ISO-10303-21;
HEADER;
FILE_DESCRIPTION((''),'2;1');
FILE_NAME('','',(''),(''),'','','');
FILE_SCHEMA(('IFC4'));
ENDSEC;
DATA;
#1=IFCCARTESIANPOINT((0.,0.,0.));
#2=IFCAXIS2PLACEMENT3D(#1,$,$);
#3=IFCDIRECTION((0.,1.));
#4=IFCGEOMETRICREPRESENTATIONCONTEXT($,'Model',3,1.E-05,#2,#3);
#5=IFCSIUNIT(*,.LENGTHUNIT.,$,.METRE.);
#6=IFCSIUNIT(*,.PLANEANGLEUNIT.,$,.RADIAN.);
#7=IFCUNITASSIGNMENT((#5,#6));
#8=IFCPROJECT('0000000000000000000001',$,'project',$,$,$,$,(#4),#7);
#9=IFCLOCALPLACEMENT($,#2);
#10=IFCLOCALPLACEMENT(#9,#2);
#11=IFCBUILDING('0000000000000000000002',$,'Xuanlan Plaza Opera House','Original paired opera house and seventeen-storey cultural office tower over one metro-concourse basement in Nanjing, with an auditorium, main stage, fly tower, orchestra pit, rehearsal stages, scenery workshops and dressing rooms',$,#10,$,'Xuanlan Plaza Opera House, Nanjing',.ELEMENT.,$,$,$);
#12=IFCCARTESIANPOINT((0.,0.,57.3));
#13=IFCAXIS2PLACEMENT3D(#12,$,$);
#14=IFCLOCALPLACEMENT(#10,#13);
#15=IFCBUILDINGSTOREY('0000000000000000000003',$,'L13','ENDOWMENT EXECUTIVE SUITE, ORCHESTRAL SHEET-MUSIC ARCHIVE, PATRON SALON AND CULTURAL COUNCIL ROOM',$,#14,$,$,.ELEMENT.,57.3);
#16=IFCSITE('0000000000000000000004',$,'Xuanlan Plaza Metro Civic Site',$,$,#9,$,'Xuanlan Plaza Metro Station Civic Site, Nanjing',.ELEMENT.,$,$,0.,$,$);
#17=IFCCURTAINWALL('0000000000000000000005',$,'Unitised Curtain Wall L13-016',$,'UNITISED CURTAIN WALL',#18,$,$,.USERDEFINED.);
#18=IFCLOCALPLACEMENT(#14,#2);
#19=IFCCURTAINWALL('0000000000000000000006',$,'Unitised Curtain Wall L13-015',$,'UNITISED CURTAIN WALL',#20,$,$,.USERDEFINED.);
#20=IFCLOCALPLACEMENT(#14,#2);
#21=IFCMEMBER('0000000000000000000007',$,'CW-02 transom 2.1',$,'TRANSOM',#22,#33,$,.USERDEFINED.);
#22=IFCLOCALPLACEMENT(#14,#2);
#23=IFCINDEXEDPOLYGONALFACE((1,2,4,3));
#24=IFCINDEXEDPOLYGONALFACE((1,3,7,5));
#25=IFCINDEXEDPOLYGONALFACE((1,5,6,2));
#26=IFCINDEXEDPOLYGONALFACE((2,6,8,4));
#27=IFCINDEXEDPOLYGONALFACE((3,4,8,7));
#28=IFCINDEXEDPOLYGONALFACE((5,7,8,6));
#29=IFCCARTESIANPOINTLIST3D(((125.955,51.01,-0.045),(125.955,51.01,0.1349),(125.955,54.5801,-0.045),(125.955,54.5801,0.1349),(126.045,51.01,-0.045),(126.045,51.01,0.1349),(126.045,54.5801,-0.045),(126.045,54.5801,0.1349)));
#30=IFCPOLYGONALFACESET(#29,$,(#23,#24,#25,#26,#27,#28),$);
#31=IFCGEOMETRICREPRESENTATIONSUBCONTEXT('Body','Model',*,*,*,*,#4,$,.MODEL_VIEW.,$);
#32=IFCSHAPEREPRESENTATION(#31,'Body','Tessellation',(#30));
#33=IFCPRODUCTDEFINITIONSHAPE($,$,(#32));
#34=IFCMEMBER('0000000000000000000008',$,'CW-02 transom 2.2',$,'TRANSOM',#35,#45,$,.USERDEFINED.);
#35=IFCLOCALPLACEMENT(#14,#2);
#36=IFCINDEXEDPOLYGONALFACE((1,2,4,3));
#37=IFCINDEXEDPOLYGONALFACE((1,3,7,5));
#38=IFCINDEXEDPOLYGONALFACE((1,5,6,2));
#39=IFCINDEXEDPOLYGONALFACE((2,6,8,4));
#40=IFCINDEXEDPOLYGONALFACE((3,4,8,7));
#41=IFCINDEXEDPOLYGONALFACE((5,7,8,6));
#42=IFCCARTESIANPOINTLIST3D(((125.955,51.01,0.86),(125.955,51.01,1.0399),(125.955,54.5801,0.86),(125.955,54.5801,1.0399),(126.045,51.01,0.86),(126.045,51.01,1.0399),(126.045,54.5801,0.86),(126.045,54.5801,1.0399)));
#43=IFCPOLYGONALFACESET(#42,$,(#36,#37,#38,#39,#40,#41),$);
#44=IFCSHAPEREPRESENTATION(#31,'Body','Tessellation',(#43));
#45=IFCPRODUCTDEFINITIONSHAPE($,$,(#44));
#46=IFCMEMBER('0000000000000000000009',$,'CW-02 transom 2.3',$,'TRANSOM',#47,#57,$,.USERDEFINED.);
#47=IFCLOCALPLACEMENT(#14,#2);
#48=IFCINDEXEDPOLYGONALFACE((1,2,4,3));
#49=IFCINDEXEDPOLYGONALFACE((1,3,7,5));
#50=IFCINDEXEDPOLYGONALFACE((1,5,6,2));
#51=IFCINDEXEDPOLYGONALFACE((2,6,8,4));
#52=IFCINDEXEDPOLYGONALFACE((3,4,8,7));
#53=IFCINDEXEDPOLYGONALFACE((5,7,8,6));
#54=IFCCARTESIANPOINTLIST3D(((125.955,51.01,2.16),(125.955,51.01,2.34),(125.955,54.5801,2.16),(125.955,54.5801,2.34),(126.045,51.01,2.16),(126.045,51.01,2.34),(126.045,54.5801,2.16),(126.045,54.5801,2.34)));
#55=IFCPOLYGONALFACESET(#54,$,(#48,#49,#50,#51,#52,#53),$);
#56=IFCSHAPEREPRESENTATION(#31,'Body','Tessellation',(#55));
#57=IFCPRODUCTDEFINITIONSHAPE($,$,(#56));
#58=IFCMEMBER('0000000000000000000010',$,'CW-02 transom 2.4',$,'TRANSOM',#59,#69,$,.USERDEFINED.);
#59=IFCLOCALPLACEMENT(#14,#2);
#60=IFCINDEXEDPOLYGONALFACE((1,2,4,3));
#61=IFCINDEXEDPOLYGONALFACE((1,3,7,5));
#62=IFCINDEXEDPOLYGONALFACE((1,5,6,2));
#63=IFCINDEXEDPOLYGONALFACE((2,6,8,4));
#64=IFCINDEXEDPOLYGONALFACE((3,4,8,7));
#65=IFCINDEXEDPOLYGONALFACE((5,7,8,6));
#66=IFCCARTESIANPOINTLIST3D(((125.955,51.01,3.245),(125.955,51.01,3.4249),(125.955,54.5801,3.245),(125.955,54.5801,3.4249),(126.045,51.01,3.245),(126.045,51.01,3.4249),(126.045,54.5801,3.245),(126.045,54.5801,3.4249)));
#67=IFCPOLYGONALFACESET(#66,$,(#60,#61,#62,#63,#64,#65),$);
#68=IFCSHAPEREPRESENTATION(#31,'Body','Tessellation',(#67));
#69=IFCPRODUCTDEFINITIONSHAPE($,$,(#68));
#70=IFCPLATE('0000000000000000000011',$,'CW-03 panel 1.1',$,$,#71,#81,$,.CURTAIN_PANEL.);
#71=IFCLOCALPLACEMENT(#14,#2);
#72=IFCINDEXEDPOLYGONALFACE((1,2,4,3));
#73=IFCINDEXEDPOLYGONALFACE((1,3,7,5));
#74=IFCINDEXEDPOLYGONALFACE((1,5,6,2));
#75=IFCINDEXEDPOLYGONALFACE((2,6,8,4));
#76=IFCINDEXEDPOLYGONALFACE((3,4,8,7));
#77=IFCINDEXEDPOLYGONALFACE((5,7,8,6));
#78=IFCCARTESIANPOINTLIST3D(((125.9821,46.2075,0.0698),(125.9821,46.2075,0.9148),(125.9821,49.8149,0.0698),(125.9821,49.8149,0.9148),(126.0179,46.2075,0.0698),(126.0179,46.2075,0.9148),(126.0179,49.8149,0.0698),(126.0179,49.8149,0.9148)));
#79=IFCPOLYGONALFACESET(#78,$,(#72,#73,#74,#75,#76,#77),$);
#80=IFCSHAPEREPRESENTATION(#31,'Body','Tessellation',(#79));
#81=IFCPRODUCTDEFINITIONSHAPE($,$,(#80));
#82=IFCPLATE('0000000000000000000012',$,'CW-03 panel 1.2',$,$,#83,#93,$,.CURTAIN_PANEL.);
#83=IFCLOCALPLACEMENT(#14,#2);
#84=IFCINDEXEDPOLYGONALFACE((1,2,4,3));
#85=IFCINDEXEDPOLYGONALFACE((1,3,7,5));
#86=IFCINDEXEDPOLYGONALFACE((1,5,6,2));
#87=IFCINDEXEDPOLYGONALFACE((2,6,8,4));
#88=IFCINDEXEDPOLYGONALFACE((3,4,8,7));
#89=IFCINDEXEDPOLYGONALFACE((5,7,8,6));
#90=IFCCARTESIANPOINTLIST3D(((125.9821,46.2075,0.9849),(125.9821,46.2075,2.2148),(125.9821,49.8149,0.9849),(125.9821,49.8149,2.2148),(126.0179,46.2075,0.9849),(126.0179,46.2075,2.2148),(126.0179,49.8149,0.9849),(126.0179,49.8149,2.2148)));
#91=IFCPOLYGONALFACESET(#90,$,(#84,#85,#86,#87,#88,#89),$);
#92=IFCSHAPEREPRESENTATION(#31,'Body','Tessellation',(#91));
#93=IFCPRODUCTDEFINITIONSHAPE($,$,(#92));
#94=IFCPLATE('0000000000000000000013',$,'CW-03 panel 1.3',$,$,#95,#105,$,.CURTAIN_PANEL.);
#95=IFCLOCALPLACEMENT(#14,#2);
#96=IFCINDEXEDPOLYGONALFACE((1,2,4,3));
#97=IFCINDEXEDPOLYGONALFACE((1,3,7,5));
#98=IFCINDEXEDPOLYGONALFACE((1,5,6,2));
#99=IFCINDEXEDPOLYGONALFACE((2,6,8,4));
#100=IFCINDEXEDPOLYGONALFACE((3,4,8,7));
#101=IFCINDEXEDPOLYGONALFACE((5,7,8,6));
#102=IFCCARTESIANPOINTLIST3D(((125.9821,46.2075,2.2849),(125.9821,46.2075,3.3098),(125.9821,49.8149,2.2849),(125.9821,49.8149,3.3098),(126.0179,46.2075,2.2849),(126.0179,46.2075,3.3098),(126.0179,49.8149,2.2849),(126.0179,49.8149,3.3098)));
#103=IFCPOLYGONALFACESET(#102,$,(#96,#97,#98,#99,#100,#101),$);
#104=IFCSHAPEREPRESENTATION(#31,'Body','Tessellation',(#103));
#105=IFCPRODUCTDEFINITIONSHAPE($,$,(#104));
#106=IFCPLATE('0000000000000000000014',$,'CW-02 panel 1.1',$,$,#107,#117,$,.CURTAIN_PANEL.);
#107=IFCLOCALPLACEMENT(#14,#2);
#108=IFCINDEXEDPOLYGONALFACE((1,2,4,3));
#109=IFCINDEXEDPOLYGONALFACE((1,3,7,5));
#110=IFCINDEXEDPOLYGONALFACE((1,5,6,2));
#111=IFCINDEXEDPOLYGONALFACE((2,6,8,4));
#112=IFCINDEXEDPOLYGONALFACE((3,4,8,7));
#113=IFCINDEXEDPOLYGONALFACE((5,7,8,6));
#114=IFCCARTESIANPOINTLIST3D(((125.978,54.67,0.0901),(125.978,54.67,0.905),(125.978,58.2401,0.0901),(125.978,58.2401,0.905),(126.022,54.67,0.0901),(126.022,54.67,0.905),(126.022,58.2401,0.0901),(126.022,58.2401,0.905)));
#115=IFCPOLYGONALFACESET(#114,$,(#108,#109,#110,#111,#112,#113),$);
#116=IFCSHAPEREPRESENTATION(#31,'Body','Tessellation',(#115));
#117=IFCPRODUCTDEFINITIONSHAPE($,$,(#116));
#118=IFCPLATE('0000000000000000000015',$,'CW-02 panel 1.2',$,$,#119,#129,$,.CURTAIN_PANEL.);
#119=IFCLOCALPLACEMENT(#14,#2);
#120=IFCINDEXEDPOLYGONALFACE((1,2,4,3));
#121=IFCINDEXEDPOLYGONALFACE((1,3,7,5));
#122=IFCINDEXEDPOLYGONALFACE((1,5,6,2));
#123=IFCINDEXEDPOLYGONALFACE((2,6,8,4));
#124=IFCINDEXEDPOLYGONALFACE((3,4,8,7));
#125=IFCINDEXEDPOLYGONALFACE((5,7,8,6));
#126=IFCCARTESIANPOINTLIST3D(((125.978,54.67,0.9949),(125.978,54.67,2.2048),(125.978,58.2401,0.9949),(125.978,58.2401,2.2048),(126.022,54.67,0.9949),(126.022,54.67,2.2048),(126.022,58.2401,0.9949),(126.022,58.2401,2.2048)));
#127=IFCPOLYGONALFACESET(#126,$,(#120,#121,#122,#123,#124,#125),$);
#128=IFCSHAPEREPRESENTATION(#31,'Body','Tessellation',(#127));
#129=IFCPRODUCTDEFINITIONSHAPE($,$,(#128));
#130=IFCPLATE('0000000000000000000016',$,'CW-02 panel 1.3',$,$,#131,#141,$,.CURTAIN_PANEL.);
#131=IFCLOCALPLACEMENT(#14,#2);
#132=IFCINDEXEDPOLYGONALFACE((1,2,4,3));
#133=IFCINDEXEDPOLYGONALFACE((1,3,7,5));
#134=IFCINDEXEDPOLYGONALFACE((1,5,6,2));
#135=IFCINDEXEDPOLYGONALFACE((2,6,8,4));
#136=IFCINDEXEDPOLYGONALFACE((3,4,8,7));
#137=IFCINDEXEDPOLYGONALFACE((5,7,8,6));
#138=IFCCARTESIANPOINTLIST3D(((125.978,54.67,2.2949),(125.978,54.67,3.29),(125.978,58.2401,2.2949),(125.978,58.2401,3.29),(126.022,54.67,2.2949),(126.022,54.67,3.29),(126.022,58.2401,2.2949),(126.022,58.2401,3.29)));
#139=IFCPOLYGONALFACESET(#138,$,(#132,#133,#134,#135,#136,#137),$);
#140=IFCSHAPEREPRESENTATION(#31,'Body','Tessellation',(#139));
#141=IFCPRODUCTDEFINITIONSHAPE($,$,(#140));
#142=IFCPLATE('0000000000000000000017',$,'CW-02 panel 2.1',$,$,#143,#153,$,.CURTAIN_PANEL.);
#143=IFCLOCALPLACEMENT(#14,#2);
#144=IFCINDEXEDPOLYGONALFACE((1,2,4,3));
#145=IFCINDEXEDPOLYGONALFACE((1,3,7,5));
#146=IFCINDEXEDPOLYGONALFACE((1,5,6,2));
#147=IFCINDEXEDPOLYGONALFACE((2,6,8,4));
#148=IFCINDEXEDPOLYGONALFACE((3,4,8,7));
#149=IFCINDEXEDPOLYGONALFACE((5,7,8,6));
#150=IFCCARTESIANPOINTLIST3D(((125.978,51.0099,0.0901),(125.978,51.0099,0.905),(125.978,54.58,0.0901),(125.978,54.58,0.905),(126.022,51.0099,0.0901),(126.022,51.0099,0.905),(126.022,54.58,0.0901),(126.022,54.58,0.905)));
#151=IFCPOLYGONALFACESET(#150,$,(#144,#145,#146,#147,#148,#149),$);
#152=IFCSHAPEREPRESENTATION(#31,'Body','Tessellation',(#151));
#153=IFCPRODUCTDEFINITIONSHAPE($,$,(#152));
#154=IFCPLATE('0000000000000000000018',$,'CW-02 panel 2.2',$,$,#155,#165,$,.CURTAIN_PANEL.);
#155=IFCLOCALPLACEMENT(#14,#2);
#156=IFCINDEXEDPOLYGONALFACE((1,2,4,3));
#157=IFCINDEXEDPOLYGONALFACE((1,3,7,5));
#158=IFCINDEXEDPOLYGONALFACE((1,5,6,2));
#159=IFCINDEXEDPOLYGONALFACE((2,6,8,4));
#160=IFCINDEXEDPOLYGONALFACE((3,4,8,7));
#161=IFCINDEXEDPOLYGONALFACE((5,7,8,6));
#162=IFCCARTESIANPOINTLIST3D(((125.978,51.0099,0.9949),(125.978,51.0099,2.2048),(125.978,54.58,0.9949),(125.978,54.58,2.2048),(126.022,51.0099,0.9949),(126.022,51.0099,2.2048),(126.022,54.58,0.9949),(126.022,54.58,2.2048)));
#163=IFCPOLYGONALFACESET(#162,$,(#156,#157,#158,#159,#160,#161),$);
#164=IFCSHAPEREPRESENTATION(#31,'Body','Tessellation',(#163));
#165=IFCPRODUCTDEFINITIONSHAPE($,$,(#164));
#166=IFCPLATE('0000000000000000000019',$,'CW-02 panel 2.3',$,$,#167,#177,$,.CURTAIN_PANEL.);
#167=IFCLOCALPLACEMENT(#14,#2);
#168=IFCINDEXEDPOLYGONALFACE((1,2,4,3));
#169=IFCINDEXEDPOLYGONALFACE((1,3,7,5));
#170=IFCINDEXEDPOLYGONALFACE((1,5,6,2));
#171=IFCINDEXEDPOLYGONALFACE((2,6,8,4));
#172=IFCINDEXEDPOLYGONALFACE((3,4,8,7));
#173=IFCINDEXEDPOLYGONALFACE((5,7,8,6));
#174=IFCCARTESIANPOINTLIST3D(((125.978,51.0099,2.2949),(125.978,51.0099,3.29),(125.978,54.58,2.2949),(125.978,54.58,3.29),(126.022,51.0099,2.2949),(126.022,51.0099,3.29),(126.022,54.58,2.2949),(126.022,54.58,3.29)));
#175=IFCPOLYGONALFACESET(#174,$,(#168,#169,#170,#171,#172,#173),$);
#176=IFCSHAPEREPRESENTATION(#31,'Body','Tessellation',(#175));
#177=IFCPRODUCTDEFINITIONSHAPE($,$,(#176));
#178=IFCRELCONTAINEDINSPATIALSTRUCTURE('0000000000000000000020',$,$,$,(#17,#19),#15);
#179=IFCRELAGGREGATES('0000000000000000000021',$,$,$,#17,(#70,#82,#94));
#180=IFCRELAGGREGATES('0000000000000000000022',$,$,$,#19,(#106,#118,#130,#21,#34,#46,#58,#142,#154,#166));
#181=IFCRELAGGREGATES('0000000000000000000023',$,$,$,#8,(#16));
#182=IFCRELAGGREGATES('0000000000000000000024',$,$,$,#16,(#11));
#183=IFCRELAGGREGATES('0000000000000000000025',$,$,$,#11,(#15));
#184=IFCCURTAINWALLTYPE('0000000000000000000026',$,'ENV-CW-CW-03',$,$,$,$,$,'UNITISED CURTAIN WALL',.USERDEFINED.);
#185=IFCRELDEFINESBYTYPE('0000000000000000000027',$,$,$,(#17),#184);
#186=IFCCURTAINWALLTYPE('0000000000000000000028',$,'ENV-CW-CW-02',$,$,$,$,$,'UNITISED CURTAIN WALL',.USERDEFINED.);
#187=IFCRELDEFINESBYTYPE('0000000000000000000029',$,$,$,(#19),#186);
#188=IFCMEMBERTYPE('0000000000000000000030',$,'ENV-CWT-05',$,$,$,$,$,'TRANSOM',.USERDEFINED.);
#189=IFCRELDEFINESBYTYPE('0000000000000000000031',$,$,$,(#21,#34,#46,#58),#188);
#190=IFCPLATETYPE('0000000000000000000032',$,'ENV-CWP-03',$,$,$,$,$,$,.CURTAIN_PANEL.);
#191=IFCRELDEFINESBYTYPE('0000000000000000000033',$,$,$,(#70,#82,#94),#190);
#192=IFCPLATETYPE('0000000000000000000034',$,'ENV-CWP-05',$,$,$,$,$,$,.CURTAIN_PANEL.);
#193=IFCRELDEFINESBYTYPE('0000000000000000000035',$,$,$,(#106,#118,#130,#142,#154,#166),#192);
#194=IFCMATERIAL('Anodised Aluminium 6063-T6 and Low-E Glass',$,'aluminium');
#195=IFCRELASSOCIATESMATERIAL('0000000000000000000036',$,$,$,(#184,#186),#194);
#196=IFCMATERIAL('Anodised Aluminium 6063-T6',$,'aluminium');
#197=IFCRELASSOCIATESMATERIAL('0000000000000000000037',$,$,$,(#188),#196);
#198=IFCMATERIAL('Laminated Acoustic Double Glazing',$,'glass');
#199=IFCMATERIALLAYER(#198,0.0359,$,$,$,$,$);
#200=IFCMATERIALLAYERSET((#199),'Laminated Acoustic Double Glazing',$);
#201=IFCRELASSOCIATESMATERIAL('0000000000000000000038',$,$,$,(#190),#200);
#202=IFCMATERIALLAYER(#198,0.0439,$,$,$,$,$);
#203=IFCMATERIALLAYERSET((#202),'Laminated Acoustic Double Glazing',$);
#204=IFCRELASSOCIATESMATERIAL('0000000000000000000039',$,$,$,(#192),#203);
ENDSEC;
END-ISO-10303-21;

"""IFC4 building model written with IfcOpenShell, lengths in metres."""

from ifc_helpers import new_model, si_unit, direction, frame, origin, origin_2d, place, context, subcontext, project, spatial, rectangle, extrude, material, layer, layer_set, material_profile, profile_set, type_object, element, aggregate, save


model = new_model("IFC4")

# Units and contexts
model_context = context("Model", 3, precision=1e-05, world=origin(), true_north=direction((0.0, 1.0)))
body_context = subcontext(model_context, "Body", "Model", "MODEL_VIEW")
ifc_project = project(units=[si_unit("LENGTHUNIT", "METRE"), si_unit("PLANEANGLEUNIT", "RADIAN")], contexts=[model_context])

# Site, building, storey
site_placement = place(None, origin())
site = spatial("IfcSite", under=ifc_project, at=site_placement, Name="Xuanlan Plaza Metro Civic Site", LongName="Xuanlan Plaza Metro Station Civic Site, Nanjing", CompositionType="ELEMENT", RefElevation=0.0)
building_placement = place(site_placement, origin())
building = spatial("IfcBuilding", under=site, at=building_placement, Name="Xuanlan Plaza Opera House", Description="Original paired opera house and seventeen-storey cultural office tower over one metro-concourse basement in Nanjing, with an auditorium, main stage, fly tower, orchestra pit, rehearsal stages, scenery workshops and dressing rooms", LongName="Xuanlan Plaza Opera House, Nanjing", CompositionType="ELEMENT")
storey_placement = place(building_placement, frame((0.0, 0.0, 57.3)))
storey = spatial("IfcBuildingStorey", under=building, at=storey_placement, Name="L13", Description="ENDOWMENT EXECUTIVE SUITE, ORCHESTRAL SHEET-MUSIC ARCHIVE, PATRON SALON AND CULTURAL COUNCIL ROOM", CompositionType="ELEMENT", Elevation=57.3)

# Curtain walls
ifc_material_1 = material(Name="Anodised Aluminium 6063-T6 and Low-E Glass", Category="aluminium")
curtain_wall_type_1 = type_object("IfcCurtainWallType", Name="ENV-CW-CW-03", ElementType="UNITISED CURTAIN WALL", PredefinedType="USERDEFINED", material=ifc_material_1)
curtain_wall_1_placement = place(storey_placement, origin())
curtain_wall_1 = element("IfcCurtainWall", 1, at=curtain_wall_1_placement, inside=storey, type_object=curtain_wall_type_1, Name="Unitised Curtain Wall L13-016", ObjectType="UNITISED CURTAIN WALL", PredefinedType="USERDEFINED")
ifc_material_2 = material(Name="Anodised Aluminium 6063-T6", Category="aluminium")
curtain_wall_type_2 = type_object("IfcCurtainWallType", Name="ENV-CW-CW-02", ElementType="UNITISED CURTAIN WALL", PredefinedType="USERDEFINED", material=ifc_material_1)
curtain_wall_2_placement = place(storey_placement, origin())
curtain_wall_2 = element("IfcCurtainWall", 2, at=curtain_wall_2_placement, inside=storey, type_object=curtain_wall_type_2, Name="Unitised Curtain Wall L13-015", ObjectType="UNITISED CURTAIN WALL", PredefinedType="USERDEFINED")

# Members
ifc_material_profile_1 = material_profile(ifc_material_2, rectangle(XDim=0.0901, YDim=0.1799, at=origin_2d()), Name="ALU-T 90x180")
ifc_profile_set_1 = profile_set([ifc_material_profile_1], Name="Anodised Aluminium 6063-T6")
member_type_1 = type_object("IfcMemberType", Name="ENV-CWT-05", ElementType="TRANSOM", PredefinedType="USERDEFINED", material=ifc_profile_set_1)
member_1_placement = place(storey_placement, frame((126.0, 54.5801, 0.0449), z_axis=(0.0, -1.0, 0.0), x_axis=(1.0, 0.0, 0.0)))
member_1 = element("IfcMember", 3, at=member_1_placement, type_object=member_type_1, Name="CW-02 transom 2.1", ObjectType="TRANSOM", PredefinedType="USERDEFINED", context=body_context, shape_type="SweptSolid", body=[
    extrude(rectangle(XDim=0.0901, YDim=0.1799, at=origin_2d()), origin(), (0.0, 0.0, 1.0), 3.5701),
])
member_2_placement = place(storey_placement, frame((126.0, 54.5801, 0.95), z_axis=(0.0, -1.0, 0.0), x_axis=(1.0, 0.0, 0.0)))
member_2 = element("IfcMember", 4, at=member_2_placement, type_object=member_type_1, Name="CW-02 transom 2.2", ObjectType="TRANSOM", PredefinedType="USERDEFINED", context=body_context, shape_type="SweptSolid", body=[
    extrude(rectangle(XDim=0.0901, YDim=0.1799, at=origin_2d()), origin(), (0.0, 0.0, 1.0), 3.5701),
])
member_3_placement = place(storey_placement, frame((126.0, 54.5801, 2.25), z_axis=(0.0, -1.0, 0.0), x_axis=(1.0, 0.0, 0.0)))
member_3 = element("IfcMember", 5, at=member_3_placement, type_object=member_type_1, Name="CW-02 transom 2.3", ObjectType="TRANSOM", PredefinedType="USERDEFINED", context=body_context, shape_type="SweptSolid", body=[
    extrude(rectangle(XDim=0.0901, YDim=0.1799, at=origin_2d()), origin(), (0.0, 0.0, 1.0), 3.5701),
])
member_4_placement = place(storey_placement, frame((126.0, 54.5801, 3.335), z_axis=(0.0, -1.0, 0.0), x_axis=(1.0, 0.0, 0.0)))
member_4 = element("IfcMember", 6, at=member_4_placement, type_object=member_type_1, Name="CW-02 transom 2.4", ObjectType="TRANSOM", PredefinedType="USERDEFINED", context=body_context, shape_type="SweptSolid", body=[
    extrude(rectangle(XDim=0.0901, YDim=0.1799, at=origin_2d()), origin(), (0.0, 0.0, 1.0), 3.5701),
])

# Plates
ifc_material_3 = material(Name="Laminated Acoustic Double Glazing", Category="glass")
ifc_layer_1 = layer(ifc_material_3, 0.0359)
ifc_layer_set_1 = layer_set([ifc_layer_1], Name="Laminated Acoustic Double Glazing")
plate_type_1 = type_object("IfcPlateType", Name="ENV-CWP-03", PredefinedType="CURTAIN_PANEL", material=ifc_layer_set_1)
plate_1_placement = place(storey_placement, frame((126.0, 48.0112, 0.0698), z_axis=(0.0, 0.0, 1.0), x_axis=(0.0, -1.0, 0.0)))
plate_1 = element("IfcPlate", 7, at=plate_1_placement, type_object=plate_type_1, Name="CW-03 panel 1.1", PredefinedType="CURTAIN_PANEL", context=body_context, shape_type="SweptSolid", body=[
    extrude(rectangle(XDim=3.6074, YDim=0.0359, at=origin_2d()), origin(), (0.0, 0.0, 1.0), 0.845),
])
plate_2_placement = place(storey_placement, frame((126.0, 48.0112, 0.9849), z_axis=(0.0, 0.0, 1.0), x_axis=(0.0, -1.0, 0.0)))
plate_2 = element("IfcPlate", 8, at=plate_2_placement, type_object=plate_type_1, Name="CW-03 panel 1.2", PredefinedType="CURTAIN_PANEL", context=body_context, shape_type="SweptSolid", body=[
    extrude(rectangle(XDim=3.6074, YDim=0.0359, at=origin_2d()), origin(), (0.0, 0.0, 1.0), 1.23),
])
plate_3_placement = place(storey_placement, frame((126.0, 48.0112, 2.2849), z_axis=(0.0, 0.0, 1.0), x_axis=(0.0, -1.0, 0.0)))
plate_3 = element("IfcPlate", 9, at=plate_3_placement, type_object=plate_type_1, Name="CW-03 panel 1.3", PredefinedType="CURTAIN_PANEL", context=body_context, shape_type="SweptSolid", body=[
    extrude(rectangle(XDim=3.6074, YDim=0.0359, at=origin_2d()), origin(), (0.0, 0.0, 1.0), 1.0249),
])
aggregate(curtain_wall_1, [plate_1, plate_2, plate_3])
ifc_layer_2 = layer(ifc_material_3, 0.0439)
ifc_layer_set_2 = layer_set([ifc_layer_2], Name="Laminated Acoustic Double Glazing")
plate_type_2 = type_object("IfcPlateType", Name="ENV-CWP-05", PredefinedType="CURTAIN_PANEL", material=ifc_layer_set_2)
plate_4_placement = place(storey_placement, frame((126.0, 56.4551, 0.0901), z_axis=(0.0, 0.0, 1.0), x_axis=(0.0, -1.0, 0.0)))
plate_4 = element("IfcPlate", 10, at=plate_4_placement, type_object=plate_type_2, Name="CW-02 panel 1.1", PredefinedType="CURTAIN_PANEL", context=body_context, shape_type="SweptSolid", body=[
    extrude(rectangle(XDim=3.5701, YDim=0.0439, at=origin_2d()), origin(), (0.0, 0.0, 1.0), 0.8149),
])
plate_5_placement = place(storey_placement, frame((126.0, 56.4551, 0.9949), z_axis=(0.0, 0.0, 1.0), x_axis=(0.0, -1.0, 0.0)))
plate_5 = element("IfcPlate", 11, at=plate_5_placement, type_object=plate_type_2, Name="CW-02 panel 1.2", PredefinedType="CURTAIN_PANEL", context=body_context, shape_type="SweptSolid", body=[
    extrude(rectangle(XDim=3.5701, YDim=0.0439, at=origin_2d()), origin(), (0.0, 0.0, 1.0), 1.21),
])
plate_6_placement = place(storey_placement, frame((126.0, 56.4551, 2.2949), z_axis=(0.0, 0.0, 1.0), x_axis=(0.0, -1.0, 0.0)))
plate_6 = element("IfcPlate", 12, at=plate_6_placement, type_object=plate_type_2, Name="CW-02 panel 1.3", PredefinedType="CURTAIN_PANEL", context=body_context, shape_type="SweptSolid", body=[
    extrude(rectangle(XDim=3.5701, YDim=0.0439, at=origin_2d()), origin(), (0.0, 0.0, 1.0), 0.9951),
])
plate_7_placement = place(storey_placement, frame((126.0, 52.7949, 0.0901), z_axis=(0.0, 0.0, 1.0), x_axis=(0.0, -1.0, 0.0)))
plate_7 = element("IfcPlate", 13, at=plate_7_placement, type_object=plate_type_2, Name="CW-02 panel 2.1", PredefinedType="CURTAIN_PANEL", context=body_context, shape_type="SweptSolid", body=[
    extrude(rectangle(XDim=3.5701, YDim=0.0439, at=origin_2d()), origin(), (0.0, 0.0, 1.0), 0.8149),
])
plate_8_placement = place(storey_placement, frame((126.0, 52.7949, 0.9949), z_axis=(0.0, 0.0, 1.0), x_axis=(0.0, -1.0, 0.0)))
plate_8 = element("IfcPlate", 14, at=plate_8_placement, type_object=plate_type_2, Name="CW-02 panel 2.2", PredefinedType="CURTAIN_PANEL", context=body_context, shape_type="SweptSolid", body=[
    extrude(rectangle(XDim=3.5701, YDim=0.0439, at=origin_2d()), origin(), (0.0, 0.0, 1.0), 1.21),
])
plate_9_placement = place(storey_placement, frame((126.0, 52.7949, 2.2949), z_axis=(0.0, 0.0, 1.0), x_axis=(0.0, -1.0, 0.0)))
plate_9 = element("IfcPlate", 15, at=plate_9_placement, type_object=plate_type_2, Name="CW-02 panel 2.3", PredefinedType="CURTAIN_PANEL", context=body_context, shape_type="SweptSolid", body=[
    extrude(rectangle(XDim=3.5701, YDim=0.0439, at=origin_2d()), origin(), (0.0, 0.0, 1.0), 0.9951),
])
aggregate(curtain_wall_2, [plate_4, plate_5, plate_6, member_1, member_2, member_3, member_4, plate_7, plate_8, plate_9])

save(model, "model.ifc")
